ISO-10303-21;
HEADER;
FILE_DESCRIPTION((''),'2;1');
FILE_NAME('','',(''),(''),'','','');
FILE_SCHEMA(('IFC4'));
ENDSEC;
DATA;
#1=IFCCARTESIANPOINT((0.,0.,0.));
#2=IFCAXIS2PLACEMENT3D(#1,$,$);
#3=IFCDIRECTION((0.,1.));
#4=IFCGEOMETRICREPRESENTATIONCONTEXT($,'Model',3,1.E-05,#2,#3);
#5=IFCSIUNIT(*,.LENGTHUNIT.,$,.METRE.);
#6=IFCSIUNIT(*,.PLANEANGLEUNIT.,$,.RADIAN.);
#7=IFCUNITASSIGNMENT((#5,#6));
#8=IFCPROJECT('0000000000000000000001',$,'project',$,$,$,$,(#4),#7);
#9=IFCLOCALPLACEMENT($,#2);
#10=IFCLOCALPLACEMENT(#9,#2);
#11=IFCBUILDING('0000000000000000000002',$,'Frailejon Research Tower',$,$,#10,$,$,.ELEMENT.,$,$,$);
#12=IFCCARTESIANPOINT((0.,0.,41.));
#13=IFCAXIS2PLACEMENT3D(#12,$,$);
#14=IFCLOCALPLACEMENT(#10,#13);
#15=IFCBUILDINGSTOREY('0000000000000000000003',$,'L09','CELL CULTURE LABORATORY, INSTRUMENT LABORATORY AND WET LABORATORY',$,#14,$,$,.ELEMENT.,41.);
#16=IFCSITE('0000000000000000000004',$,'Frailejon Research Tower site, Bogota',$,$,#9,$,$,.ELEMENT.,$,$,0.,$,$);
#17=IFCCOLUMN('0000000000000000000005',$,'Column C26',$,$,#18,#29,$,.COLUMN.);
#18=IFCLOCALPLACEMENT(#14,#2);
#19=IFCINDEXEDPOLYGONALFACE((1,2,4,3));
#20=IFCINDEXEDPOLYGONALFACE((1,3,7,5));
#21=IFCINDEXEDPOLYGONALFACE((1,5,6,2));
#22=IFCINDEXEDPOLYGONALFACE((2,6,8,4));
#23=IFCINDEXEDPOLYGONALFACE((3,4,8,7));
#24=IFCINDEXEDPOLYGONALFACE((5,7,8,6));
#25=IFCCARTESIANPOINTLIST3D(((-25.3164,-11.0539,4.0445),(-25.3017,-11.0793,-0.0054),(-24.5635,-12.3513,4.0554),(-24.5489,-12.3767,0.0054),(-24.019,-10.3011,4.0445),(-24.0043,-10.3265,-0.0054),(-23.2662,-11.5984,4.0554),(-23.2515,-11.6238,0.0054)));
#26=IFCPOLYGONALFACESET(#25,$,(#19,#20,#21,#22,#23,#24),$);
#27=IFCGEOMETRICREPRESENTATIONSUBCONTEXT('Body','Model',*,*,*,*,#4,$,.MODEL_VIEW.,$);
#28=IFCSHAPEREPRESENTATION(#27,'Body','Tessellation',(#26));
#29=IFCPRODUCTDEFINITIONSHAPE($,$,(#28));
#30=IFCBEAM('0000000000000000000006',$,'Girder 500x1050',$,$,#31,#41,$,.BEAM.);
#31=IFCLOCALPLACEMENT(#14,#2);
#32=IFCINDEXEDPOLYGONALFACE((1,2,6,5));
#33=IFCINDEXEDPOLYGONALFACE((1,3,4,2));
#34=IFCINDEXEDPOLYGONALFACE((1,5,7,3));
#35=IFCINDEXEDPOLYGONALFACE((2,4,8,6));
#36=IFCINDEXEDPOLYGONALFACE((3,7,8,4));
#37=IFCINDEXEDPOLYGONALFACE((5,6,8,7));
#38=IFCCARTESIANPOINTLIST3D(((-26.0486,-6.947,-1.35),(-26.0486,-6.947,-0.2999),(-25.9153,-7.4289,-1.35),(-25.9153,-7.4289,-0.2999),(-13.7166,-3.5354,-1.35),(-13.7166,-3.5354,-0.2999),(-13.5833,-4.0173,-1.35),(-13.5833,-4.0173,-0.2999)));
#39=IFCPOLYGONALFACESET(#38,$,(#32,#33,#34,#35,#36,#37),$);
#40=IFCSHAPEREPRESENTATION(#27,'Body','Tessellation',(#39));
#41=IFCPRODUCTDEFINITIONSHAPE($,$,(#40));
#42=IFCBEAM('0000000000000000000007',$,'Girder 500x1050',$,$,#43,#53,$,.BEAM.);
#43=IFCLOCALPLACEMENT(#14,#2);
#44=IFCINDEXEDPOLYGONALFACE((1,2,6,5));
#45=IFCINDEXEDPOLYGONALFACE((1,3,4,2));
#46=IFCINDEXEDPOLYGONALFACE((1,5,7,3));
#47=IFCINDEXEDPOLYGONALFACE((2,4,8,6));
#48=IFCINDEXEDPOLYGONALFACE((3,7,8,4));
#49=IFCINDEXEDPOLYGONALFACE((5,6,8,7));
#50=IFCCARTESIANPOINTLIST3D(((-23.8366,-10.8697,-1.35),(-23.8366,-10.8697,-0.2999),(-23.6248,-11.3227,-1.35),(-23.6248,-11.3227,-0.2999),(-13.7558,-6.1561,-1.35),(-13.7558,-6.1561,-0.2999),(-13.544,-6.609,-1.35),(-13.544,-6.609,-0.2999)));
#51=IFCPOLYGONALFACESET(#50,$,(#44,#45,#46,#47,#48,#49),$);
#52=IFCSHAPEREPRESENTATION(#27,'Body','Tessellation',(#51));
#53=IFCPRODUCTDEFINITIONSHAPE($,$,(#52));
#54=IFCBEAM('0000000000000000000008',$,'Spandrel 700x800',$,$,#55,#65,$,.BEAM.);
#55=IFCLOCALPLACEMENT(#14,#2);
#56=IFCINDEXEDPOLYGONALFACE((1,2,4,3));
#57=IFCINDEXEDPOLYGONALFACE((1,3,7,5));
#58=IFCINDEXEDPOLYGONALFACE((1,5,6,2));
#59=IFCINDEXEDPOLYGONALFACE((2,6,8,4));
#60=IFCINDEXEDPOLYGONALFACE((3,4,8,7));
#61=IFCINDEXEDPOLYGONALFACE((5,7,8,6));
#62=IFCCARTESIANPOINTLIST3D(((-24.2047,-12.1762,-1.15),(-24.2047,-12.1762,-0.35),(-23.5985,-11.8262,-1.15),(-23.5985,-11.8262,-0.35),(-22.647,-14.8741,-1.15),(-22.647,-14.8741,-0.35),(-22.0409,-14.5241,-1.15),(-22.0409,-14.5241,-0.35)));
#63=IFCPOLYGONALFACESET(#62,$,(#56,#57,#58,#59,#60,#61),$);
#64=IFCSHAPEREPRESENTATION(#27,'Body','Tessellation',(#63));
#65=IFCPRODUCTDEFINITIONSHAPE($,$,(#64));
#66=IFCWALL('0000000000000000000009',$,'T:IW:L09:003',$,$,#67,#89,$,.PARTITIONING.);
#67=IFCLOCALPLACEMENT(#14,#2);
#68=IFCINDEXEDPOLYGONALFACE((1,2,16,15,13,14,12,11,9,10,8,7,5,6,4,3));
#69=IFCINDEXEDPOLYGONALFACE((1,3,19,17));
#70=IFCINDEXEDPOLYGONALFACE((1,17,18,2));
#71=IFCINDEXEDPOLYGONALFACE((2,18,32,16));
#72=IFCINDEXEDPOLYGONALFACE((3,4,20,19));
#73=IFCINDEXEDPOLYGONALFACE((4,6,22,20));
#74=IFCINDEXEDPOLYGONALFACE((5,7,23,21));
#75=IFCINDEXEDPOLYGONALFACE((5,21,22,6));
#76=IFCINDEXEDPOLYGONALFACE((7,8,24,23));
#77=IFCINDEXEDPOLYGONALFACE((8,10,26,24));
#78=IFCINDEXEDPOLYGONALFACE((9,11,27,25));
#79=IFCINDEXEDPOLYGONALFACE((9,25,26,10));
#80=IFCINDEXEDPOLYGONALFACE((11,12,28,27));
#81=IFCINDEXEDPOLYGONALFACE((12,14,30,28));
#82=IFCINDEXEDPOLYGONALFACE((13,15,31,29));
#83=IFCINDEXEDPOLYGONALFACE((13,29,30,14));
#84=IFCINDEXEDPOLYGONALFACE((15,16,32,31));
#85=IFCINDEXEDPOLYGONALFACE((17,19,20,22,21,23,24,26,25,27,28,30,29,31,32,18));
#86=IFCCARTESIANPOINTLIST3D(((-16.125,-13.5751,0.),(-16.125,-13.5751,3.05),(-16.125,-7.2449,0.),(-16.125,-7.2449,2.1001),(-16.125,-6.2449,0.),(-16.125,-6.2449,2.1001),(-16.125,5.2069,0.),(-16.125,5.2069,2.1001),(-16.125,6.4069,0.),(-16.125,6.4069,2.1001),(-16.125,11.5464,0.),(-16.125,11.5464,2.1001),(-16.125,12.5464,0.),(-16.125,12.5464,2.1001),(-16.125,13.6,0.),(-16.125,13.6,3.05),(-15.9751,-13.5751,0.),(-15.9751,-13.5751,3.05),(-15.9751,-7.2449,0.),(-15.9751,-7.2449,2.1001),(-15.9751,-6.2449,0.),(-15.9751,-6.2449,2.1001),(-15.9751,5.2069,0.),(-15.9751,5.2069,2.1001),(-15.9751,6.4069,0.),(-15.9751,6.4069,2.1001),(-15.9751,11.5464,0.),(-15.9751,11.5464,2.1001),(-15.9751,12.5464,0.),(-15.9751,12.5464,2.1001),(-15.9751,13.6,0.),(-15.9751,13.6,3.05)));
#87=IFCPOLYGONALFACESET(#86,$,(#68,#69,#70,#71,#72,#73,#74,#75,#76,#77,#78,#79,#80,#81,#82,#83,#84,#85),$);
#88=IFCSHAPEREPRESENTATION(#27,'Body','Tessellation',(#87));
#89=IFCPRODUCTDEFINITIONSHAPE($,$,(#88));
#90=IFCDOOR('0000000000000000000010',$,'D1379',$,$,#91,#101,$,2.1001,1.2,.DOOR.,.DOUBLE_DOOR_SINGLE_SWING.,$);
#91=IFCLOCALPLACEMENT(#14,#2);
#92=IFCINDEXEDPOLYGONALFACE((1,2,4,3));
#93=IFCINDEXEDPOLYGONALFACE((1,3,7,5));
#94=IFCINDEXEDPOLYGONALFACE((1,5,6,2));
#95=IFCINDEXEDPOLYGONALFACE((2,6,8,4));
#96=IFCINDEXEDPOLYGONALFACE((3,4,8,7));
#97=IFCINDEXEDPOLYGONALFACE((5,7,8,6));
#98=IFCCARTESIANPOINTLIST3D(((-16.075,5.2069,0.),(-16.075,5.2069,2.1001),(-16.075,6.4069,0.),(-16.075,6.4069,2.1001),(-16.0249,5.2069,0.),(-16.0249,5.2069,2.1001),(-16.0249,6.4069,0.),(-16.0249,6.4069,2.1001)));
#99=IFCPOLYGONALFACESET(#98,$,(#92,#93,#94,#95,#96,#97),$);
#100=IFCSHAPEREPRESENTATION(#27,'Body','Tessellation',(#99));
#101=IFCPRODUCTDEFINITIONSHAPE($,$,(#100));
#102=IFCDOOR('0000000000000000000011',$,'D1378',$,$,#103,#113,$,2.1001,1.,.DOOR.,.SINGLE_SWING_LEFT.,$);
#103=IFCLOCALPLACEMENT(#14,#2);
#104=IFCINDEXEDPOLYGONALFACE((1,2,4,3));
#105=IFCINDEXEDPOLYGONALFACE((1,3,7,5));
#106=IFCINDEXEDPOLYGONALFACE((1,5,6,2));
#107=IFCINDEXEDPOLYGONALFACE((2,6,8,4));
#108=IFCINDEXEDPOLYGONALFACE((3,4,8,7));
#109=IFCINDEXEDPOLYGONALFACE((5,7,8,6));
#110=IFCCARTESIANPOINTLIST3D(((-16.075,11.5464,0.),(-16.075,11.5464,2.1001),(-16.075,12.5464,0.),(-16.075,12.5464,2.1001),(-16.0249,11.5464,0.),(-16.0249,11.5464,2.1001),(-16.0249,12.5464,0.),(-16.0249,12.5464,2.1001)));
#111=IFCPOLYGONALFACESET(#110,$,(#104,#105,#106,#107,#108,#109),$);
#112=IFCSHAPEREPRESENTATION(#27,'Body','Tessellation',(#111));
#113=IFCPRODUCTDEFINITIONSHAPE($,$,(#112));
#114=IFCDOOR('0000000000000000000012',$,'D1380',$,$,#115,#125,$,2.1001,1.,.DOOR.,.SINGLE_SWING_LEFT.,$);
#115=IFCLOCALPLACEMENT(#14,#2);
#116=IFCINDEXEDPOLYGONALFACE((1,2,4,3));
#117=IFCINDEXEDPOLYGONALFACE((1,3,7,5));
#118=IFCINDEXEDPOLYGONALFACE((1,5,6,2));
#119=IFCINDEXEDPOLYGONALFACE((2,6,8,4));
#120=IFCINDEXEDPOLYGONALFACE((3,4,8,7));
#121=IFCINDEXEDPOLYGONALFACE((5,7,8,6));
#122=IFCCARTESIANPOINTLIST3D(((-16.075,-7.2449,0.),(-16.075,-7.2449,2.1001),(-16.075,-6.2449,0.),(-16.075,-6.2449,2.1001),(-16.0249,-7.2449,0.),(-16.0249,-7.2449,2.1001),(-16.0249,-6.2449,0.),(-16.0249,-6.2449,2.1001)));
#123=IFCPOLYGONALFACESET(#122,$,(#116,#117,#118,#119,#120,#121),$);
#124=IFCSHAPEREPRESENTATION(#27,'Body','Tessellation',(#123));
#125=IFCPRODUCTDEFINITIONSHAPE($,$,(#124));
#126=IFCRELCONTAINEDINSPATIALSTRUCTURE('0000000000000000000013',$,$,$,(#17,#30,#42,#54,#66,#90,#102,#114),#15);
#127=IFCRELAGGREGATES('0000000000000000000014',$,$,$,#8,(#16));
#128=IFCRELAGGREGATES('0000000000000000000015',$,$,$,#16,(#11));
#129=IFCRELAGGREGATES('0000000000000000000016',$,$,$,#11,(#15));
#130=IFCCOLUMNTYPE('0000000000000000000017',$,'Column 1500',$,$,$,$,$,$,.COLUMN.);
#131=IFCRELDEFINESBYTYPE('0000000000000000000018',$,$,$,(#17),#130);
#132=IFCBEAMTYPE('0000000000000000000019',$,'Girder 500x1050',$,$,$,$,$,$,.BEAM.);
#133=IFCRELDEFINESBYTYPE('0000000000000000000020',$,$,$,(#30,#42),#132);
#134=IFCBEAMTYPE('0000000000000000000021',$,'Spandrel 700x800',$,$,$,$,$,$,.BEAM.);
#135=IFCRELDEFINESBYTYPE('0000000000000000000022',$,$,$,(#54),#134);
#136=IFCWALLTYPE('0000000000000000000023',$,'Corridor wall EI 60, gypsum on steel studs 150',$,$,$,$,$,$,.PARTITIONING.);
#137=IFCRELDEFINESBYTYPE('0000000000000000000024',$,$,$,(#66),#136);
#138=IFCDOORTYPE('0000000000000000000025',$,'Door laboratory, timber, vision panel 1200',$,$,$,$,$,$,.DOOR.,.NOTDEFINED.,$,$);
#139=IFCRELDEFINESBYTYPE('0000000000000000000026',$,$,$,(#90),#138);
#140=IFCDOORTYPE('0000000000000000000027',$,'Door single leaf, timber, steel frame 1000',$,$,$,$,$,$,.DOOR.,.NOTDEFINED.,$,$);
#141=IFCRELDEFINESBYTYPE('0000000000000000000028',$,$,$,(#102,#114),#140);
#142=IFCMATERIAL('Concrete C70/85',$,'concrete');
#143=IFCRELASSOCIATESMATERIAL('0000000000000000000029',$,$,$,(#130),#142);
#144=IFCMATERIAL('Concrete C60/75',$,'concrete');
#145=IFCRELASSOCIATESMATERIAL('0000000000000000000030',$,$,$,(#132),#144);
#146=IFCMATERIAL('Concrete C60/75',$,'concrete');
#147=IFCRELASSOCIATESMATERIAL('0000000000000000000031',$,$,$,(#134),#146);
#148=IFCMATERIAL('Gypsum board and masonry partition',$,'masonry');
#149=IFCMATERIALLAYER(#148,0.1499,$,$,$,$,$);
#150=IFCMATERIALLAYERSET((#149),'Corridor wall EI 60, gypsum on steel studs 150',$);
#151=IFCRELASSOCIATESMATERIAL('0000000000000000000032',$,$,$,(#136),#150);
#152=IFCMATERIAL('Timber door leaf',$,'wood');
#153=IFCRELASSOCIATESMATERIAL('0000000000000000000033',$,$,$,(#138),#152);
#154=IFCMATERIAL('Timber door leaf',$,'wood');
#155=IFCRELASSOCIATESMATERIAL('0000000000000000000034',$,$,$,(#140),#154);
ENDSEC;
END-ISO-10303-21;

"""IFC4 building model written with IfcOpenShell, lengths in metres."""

from ifc_helpers import new_model, si_unit, direction, frame, frame_2d, origin, origin_2d, place, context, subcontext, project, spatial, rectangle, extrude, material, layer, layer_set, material_profile, profile_set, type_object, element, fill, save


model = new_model("IFC4")

# Units and contexts
model_context = context("Model", 3, precision=1e-05, world=origin(), true_north=direction((0.0, 1.0)))
body_context = subcontext(model_context, "Body", "Model", "MODEL_VIEW")
ifc_project = project(units=[si_unit("LENGTHUNIT", "METRE"), si_unit("PLANEANGLEUNIT", "RADIAN")], contexts=[model_context])

# Site, building, storey
site_placement = place(None, origin())
site = spatial("IfcSite", under=ifc_project, at=site_placement, Name="Frailejon Research Tower site, Bogota", CompositionType="ELEMENT", RefElevation=0.0)
building_placement = place(site_placement, origin())
building = spatial("IfcBuilding", under=site, at=building_placement, Name="Frailejon Research Tower", CompositionType="ELEMENT")
storey_placement = place(building_placement, frame((0.0, 0.0, 41.0)))
storey = spatial("IfcBuildingStorey", under=building, at=storey_placement, Name="L09", Description="CELL CULTURE LABORATORY, INSTRUMENT LABORATORY AND WET LABORATORY", CompositionType="ELEMENT", Elevation=41.0)

# Column
ifc_material_1 = material(Name="Concrete C70/85", Category="concrete")
ifc_material_profile_1 = material_profile(ifc_material_1, rectangle(XDim=1.5, YDim=1.5, at=origin_2d()), Name="Column 1500")
ifc_profile_set_1 = profile_set([ifc_material_profile_1], Name="Concrete C70/85")
column_type = type_object("IfcColumnType", Name="Column 1500", PredefinedType="COLUMN", material=ifc_profile_set_1)
column_placement = place(storey_placement, frame((-24.2766, -11.3516, 0.0), z_axis=(-0.003617, 0.006269, 0.999974), x_axis=(0.501883, -0.864905, 0.007238)))
element("IfcColumn", 1, at=column_placement, inside=storey, type_object=column_type, Name="Column C26", PredefinedType="COLUMN", context=body_context, shape_type="SweptSolid", body=[
    extrude(rectangle(XDim=1.5, YDim=1.5, at=origin_2d()), origin(), (0.0, 0.0, 1.0), 4.05),
])

# Beams
ifc_material_2 = material(Name="Concrete C60/75", Category="concrete")
ifc_material_profile_2 = material_profile(ifc_material_2, rectangle(XDim=0.5, YDim=1.05, at=origin_2d()), Name="Girder 500x1050")
ifc_profile_set_2 = profile_set([ifc_material_profile_2], Name="Concrete C60/75")
beam_type_1 = type_object("IfcBeamType", Name="Girder 500x1050", PredefinedType="BEAM", material=ifc_profile_set_2)
beam_1_placement = place(storey_placement, frame((-25.9819, -7.188, -0.825), z_axis=(0.963798, 0.266632, 0.0), x_axis=(-0.266632, 0.963798, 0.0)))
element("IfcBeam", 2, at=beam_1_placement, inside=storey, type_object=beam_type_1, Name="Girder 500x1050", PredefinedType="BEAM", context=body_context, shape_type="SweptSolid", body=[
    extrude(rectangle(XDim=0.5, YDim=1.05, at=origin_2d()), origin(), (0.0, 0.0, 1.0), 12.7952),
])
beam_2_placement = place(storey_placement, frame((-23.7307, -11.0962, -0.825), z_axis=(0.905865, 0.423568, 0.0), x_axis=(-0.423568, 0.905865, 0.0)))
element("IfcBeam", 3, at=beam_2_placement, inside=storey, type_object=beam_type_1, Name="Girder 500x1050", PredefinedType="BEAM", context=body_context, shape_type="SweptSolid", body=[
    extrude(rectangle(XDim=0.5, YDim=1.05, at=origin_2d()), origin(), (0.0, 0.0, 1.0), 11.1284),
])
ifc_material_3 = material(Name="Concrete C60/75", Category="concrete")
ifc_material_profile_3 = material_profile(ifc_material_3, rectangle(XDim=0.7, YDim=0.8, at=origin_2d()), Name="Spandrel 700x800")
ifc_profile_set_3 = profile_set([ifc_material_profile_3], Name="Concrete C60/75")
beam_type_2 = type_object("IfcBeamType", Name="Spandrel 700x800", PredefinedType="BEAM", material=ifc_profile_set_3)
beam_3_placement = place(storey_placement, frame((-23.9016, -12.0012, -0.75), z_axis=(0.500016, -0.866016, 0.0), x_axis=(0.866016, 0.500016, 0.0)))
element("IfcBeam", 4, at=beam_3_placement, inside=storey, type_object=beam_type_2, Name="Spandrel 700x800", PredefinedType="BEAM", context=body_context, shape_type="SweptSolid", body=[
    extrude(rectangle(XDim=0.7, YDim=0.8, at=origin_2d()), origin(), (0.0, 0.0, 1.0), 3.1152),
])

# Wall, openings, doors
ifc_material_4 = material(Name="Gypsum board and masonry partition", Category="masonry")
ifc_layer_1 = layer(ifc_material_4, 0.1499)
ifc_layer_set_1 = layer_set([ifc_layer_1], Name="Corridor wall EI 60, gypsum on steel studs 150")
wall_type_1 = type_object("IfcWallType", Name="Corridor wall EI 60, gypsum on steel studs 150", PredefinedType="PARTITIONING", material=ifc_layer_set_1)
wall_1_placement = place(storey_placement, frame((-16.05, -13.575, 0.0), z_axis=(0.0, 0.0, 1.0), x_axis=(0.0, 1.0, 0.0)))
wall_1 = element("IfcWall", 5, at=wall_1_placement, inside=storey, type_object=wall_type_1, Name="T:IW:L09:003", PredefinedType="PARTITIONING", context=body_context, shape_type="SweptSolid", body=[
    extrude(rectangle(XDim=27.175, YDim=0.1499, at=frame_2d((13.5874, 0.0))), origin(), (0.0, 0.0, 1.0), 3.05),
])
opening_1_placement = place(wall_1_placement, frame((25.1213, 0.0, 0.0)))
opening_1 = element("IfcOpeningElement", 6, at=opening_1_placement, cuts=wall_1, PredefinedType="OPENING", context=body_context, shape_type="SweptSolid", body=[
    extrude(rectangle(XDim=1.0, YDim=2.1001, at=frame_2d((0.5, 1.05))), frame((0.0, 0.085, 0.0), z_axis=(0.0, -1.0, 0.0), x_axis=(1.0, 0.0, 0.0)), (0.0, 0.0, 1.0), 0.1699),
])
opening_2_placement = place(wall_1_placement, frame((18.7817, 0.0, 0.0)))
opening_2 = element("IfcOpeningElement", 7, at=opening_2_placement, cuts=wall_1, PredefinedType="OPENING", context=body_context, shape_type="SweptSolid", body=[
    extrude(rectangle(XDim=1.2, YDim=2.1001, at=frame_2d((0.6001, 1.05))), frame((0.0, 0.085, 0.0), z_axis=(0.0, -1.0, 0.0), x_axis=(1.0, 0.0, 0.0)), (0.0, 0.0, 1.0), 0.1699),
])
opening_3_placement = place(wall_1_placement, frame((6.3301, 0.0, 0.0)))
opening_3 = element("IfcOpeningElement", 8, at=opening_3_placement, cuts=wall_1, PredefinedType="OPENING", context=body_context, shape_type="SweptSolid", body=[
    extrude(rectangle(XDim=1.0, YDim=2.1001, at=frame_2d((0.5, 1.05))), frame((0.0, 0.085, 0.0), z_axis=(0.0, -1.0, 0.0), x_axis=(1.0, 0.0, 0.0)), (0.0, 0.0, 1.0), 0.1699),
])
ifc_material_5 = material(Name="Timber door leaf", Category="wood")
door_type_1 = type_object("IfcDoorType", Name="Door laboratory, timber, vision panel 1200", OperationType="NOTDEFINED", PredefinedType="DOOR", material=ifc_material_5)
door_1_placement = place(opening_2_placement, origin())
door_1 = element("IfcDoor", 9, at=door_1_placement, inside=storey, type_object=door_type_1, Name="D1379", OperationType="DOUBLE_DOOR_SINGLE_SWING", OverallHeight=2.1001, OverallWidth=1.2, PredefinedType="DOOR", context=body_context, shape_type="SweptSolid", body=[
    extrude(rectangle(XDim=1.2, YDim=2.1001, at=frame_2d((0.6001, 1.05))), frame((0.0, 0.0249, 0.0), z_axis=(0.0, -1.0, 0.0), x_axis=(1.0, 0.0, 0.0)), (0.0, 0.0, 1.0), 0.05),
])
fill(opening_2, door_1)
ifc_material_6 = material(Name="Timber door leaf", Category="wood")
door_type_2 = type_object("IfcDoorType", Name="Door single leaf, timber, steel frame 1000", OperationType="NOTDEFINED", PredefinedType="DOOR", material=ifc_material_6)
door_2_placement = place(opening_1_placement, origin())
door_2 = element("IfcDoor", 10, at=door_2_placement, inside=storey, type_object=door_type_2, Name="D1378", OperationType="SINGLE_SWING_LEFT", OverallHeight=2.1001, OverallWidth=1.0, PredefinedType="DOOR", context=body_context, shape_type="SweptSolid", body=[
    extrude(rectangle(XDim=1.0, YDim=2.1001, at=frame_2d((0.5, 1.05))), frame((0.0, 0.0249, 0.0), z_axis=(0.0, -1.0, 0.0), x_axis=(1.0, 0.0, 0.0)), (0.0, 0.0, 1.0), 0.05),
])
fill(opening_1, door_2)
door_3_placement = place(opening_3_placement, origin())
door_3 = element("IfcDoor", 11, at=door_3_placement, inside=storey, type_object=door_type_2, Name="D1380", OperationType="SINGLE_SWING_LEFT", OverallHeight=2.1001, OverallWidth=1.0, PredefinedType="DOOR", context=body_context, shape_type="SweptSolid", body=[
    extrude(rectangle(XDim=1.0, YDim=2.1001, at=frame_2d((0.5, 1.05))), frame((0.0, 0.0249, 0.0), z_axis=(0.0, -1.0, 0.0), x_axis=(1.0, 0.0, 0.0)), (0.0, 0.0, 1.0), 0.05),
])
fill(opening_3, door_3)

save(model, "model.ifc")
